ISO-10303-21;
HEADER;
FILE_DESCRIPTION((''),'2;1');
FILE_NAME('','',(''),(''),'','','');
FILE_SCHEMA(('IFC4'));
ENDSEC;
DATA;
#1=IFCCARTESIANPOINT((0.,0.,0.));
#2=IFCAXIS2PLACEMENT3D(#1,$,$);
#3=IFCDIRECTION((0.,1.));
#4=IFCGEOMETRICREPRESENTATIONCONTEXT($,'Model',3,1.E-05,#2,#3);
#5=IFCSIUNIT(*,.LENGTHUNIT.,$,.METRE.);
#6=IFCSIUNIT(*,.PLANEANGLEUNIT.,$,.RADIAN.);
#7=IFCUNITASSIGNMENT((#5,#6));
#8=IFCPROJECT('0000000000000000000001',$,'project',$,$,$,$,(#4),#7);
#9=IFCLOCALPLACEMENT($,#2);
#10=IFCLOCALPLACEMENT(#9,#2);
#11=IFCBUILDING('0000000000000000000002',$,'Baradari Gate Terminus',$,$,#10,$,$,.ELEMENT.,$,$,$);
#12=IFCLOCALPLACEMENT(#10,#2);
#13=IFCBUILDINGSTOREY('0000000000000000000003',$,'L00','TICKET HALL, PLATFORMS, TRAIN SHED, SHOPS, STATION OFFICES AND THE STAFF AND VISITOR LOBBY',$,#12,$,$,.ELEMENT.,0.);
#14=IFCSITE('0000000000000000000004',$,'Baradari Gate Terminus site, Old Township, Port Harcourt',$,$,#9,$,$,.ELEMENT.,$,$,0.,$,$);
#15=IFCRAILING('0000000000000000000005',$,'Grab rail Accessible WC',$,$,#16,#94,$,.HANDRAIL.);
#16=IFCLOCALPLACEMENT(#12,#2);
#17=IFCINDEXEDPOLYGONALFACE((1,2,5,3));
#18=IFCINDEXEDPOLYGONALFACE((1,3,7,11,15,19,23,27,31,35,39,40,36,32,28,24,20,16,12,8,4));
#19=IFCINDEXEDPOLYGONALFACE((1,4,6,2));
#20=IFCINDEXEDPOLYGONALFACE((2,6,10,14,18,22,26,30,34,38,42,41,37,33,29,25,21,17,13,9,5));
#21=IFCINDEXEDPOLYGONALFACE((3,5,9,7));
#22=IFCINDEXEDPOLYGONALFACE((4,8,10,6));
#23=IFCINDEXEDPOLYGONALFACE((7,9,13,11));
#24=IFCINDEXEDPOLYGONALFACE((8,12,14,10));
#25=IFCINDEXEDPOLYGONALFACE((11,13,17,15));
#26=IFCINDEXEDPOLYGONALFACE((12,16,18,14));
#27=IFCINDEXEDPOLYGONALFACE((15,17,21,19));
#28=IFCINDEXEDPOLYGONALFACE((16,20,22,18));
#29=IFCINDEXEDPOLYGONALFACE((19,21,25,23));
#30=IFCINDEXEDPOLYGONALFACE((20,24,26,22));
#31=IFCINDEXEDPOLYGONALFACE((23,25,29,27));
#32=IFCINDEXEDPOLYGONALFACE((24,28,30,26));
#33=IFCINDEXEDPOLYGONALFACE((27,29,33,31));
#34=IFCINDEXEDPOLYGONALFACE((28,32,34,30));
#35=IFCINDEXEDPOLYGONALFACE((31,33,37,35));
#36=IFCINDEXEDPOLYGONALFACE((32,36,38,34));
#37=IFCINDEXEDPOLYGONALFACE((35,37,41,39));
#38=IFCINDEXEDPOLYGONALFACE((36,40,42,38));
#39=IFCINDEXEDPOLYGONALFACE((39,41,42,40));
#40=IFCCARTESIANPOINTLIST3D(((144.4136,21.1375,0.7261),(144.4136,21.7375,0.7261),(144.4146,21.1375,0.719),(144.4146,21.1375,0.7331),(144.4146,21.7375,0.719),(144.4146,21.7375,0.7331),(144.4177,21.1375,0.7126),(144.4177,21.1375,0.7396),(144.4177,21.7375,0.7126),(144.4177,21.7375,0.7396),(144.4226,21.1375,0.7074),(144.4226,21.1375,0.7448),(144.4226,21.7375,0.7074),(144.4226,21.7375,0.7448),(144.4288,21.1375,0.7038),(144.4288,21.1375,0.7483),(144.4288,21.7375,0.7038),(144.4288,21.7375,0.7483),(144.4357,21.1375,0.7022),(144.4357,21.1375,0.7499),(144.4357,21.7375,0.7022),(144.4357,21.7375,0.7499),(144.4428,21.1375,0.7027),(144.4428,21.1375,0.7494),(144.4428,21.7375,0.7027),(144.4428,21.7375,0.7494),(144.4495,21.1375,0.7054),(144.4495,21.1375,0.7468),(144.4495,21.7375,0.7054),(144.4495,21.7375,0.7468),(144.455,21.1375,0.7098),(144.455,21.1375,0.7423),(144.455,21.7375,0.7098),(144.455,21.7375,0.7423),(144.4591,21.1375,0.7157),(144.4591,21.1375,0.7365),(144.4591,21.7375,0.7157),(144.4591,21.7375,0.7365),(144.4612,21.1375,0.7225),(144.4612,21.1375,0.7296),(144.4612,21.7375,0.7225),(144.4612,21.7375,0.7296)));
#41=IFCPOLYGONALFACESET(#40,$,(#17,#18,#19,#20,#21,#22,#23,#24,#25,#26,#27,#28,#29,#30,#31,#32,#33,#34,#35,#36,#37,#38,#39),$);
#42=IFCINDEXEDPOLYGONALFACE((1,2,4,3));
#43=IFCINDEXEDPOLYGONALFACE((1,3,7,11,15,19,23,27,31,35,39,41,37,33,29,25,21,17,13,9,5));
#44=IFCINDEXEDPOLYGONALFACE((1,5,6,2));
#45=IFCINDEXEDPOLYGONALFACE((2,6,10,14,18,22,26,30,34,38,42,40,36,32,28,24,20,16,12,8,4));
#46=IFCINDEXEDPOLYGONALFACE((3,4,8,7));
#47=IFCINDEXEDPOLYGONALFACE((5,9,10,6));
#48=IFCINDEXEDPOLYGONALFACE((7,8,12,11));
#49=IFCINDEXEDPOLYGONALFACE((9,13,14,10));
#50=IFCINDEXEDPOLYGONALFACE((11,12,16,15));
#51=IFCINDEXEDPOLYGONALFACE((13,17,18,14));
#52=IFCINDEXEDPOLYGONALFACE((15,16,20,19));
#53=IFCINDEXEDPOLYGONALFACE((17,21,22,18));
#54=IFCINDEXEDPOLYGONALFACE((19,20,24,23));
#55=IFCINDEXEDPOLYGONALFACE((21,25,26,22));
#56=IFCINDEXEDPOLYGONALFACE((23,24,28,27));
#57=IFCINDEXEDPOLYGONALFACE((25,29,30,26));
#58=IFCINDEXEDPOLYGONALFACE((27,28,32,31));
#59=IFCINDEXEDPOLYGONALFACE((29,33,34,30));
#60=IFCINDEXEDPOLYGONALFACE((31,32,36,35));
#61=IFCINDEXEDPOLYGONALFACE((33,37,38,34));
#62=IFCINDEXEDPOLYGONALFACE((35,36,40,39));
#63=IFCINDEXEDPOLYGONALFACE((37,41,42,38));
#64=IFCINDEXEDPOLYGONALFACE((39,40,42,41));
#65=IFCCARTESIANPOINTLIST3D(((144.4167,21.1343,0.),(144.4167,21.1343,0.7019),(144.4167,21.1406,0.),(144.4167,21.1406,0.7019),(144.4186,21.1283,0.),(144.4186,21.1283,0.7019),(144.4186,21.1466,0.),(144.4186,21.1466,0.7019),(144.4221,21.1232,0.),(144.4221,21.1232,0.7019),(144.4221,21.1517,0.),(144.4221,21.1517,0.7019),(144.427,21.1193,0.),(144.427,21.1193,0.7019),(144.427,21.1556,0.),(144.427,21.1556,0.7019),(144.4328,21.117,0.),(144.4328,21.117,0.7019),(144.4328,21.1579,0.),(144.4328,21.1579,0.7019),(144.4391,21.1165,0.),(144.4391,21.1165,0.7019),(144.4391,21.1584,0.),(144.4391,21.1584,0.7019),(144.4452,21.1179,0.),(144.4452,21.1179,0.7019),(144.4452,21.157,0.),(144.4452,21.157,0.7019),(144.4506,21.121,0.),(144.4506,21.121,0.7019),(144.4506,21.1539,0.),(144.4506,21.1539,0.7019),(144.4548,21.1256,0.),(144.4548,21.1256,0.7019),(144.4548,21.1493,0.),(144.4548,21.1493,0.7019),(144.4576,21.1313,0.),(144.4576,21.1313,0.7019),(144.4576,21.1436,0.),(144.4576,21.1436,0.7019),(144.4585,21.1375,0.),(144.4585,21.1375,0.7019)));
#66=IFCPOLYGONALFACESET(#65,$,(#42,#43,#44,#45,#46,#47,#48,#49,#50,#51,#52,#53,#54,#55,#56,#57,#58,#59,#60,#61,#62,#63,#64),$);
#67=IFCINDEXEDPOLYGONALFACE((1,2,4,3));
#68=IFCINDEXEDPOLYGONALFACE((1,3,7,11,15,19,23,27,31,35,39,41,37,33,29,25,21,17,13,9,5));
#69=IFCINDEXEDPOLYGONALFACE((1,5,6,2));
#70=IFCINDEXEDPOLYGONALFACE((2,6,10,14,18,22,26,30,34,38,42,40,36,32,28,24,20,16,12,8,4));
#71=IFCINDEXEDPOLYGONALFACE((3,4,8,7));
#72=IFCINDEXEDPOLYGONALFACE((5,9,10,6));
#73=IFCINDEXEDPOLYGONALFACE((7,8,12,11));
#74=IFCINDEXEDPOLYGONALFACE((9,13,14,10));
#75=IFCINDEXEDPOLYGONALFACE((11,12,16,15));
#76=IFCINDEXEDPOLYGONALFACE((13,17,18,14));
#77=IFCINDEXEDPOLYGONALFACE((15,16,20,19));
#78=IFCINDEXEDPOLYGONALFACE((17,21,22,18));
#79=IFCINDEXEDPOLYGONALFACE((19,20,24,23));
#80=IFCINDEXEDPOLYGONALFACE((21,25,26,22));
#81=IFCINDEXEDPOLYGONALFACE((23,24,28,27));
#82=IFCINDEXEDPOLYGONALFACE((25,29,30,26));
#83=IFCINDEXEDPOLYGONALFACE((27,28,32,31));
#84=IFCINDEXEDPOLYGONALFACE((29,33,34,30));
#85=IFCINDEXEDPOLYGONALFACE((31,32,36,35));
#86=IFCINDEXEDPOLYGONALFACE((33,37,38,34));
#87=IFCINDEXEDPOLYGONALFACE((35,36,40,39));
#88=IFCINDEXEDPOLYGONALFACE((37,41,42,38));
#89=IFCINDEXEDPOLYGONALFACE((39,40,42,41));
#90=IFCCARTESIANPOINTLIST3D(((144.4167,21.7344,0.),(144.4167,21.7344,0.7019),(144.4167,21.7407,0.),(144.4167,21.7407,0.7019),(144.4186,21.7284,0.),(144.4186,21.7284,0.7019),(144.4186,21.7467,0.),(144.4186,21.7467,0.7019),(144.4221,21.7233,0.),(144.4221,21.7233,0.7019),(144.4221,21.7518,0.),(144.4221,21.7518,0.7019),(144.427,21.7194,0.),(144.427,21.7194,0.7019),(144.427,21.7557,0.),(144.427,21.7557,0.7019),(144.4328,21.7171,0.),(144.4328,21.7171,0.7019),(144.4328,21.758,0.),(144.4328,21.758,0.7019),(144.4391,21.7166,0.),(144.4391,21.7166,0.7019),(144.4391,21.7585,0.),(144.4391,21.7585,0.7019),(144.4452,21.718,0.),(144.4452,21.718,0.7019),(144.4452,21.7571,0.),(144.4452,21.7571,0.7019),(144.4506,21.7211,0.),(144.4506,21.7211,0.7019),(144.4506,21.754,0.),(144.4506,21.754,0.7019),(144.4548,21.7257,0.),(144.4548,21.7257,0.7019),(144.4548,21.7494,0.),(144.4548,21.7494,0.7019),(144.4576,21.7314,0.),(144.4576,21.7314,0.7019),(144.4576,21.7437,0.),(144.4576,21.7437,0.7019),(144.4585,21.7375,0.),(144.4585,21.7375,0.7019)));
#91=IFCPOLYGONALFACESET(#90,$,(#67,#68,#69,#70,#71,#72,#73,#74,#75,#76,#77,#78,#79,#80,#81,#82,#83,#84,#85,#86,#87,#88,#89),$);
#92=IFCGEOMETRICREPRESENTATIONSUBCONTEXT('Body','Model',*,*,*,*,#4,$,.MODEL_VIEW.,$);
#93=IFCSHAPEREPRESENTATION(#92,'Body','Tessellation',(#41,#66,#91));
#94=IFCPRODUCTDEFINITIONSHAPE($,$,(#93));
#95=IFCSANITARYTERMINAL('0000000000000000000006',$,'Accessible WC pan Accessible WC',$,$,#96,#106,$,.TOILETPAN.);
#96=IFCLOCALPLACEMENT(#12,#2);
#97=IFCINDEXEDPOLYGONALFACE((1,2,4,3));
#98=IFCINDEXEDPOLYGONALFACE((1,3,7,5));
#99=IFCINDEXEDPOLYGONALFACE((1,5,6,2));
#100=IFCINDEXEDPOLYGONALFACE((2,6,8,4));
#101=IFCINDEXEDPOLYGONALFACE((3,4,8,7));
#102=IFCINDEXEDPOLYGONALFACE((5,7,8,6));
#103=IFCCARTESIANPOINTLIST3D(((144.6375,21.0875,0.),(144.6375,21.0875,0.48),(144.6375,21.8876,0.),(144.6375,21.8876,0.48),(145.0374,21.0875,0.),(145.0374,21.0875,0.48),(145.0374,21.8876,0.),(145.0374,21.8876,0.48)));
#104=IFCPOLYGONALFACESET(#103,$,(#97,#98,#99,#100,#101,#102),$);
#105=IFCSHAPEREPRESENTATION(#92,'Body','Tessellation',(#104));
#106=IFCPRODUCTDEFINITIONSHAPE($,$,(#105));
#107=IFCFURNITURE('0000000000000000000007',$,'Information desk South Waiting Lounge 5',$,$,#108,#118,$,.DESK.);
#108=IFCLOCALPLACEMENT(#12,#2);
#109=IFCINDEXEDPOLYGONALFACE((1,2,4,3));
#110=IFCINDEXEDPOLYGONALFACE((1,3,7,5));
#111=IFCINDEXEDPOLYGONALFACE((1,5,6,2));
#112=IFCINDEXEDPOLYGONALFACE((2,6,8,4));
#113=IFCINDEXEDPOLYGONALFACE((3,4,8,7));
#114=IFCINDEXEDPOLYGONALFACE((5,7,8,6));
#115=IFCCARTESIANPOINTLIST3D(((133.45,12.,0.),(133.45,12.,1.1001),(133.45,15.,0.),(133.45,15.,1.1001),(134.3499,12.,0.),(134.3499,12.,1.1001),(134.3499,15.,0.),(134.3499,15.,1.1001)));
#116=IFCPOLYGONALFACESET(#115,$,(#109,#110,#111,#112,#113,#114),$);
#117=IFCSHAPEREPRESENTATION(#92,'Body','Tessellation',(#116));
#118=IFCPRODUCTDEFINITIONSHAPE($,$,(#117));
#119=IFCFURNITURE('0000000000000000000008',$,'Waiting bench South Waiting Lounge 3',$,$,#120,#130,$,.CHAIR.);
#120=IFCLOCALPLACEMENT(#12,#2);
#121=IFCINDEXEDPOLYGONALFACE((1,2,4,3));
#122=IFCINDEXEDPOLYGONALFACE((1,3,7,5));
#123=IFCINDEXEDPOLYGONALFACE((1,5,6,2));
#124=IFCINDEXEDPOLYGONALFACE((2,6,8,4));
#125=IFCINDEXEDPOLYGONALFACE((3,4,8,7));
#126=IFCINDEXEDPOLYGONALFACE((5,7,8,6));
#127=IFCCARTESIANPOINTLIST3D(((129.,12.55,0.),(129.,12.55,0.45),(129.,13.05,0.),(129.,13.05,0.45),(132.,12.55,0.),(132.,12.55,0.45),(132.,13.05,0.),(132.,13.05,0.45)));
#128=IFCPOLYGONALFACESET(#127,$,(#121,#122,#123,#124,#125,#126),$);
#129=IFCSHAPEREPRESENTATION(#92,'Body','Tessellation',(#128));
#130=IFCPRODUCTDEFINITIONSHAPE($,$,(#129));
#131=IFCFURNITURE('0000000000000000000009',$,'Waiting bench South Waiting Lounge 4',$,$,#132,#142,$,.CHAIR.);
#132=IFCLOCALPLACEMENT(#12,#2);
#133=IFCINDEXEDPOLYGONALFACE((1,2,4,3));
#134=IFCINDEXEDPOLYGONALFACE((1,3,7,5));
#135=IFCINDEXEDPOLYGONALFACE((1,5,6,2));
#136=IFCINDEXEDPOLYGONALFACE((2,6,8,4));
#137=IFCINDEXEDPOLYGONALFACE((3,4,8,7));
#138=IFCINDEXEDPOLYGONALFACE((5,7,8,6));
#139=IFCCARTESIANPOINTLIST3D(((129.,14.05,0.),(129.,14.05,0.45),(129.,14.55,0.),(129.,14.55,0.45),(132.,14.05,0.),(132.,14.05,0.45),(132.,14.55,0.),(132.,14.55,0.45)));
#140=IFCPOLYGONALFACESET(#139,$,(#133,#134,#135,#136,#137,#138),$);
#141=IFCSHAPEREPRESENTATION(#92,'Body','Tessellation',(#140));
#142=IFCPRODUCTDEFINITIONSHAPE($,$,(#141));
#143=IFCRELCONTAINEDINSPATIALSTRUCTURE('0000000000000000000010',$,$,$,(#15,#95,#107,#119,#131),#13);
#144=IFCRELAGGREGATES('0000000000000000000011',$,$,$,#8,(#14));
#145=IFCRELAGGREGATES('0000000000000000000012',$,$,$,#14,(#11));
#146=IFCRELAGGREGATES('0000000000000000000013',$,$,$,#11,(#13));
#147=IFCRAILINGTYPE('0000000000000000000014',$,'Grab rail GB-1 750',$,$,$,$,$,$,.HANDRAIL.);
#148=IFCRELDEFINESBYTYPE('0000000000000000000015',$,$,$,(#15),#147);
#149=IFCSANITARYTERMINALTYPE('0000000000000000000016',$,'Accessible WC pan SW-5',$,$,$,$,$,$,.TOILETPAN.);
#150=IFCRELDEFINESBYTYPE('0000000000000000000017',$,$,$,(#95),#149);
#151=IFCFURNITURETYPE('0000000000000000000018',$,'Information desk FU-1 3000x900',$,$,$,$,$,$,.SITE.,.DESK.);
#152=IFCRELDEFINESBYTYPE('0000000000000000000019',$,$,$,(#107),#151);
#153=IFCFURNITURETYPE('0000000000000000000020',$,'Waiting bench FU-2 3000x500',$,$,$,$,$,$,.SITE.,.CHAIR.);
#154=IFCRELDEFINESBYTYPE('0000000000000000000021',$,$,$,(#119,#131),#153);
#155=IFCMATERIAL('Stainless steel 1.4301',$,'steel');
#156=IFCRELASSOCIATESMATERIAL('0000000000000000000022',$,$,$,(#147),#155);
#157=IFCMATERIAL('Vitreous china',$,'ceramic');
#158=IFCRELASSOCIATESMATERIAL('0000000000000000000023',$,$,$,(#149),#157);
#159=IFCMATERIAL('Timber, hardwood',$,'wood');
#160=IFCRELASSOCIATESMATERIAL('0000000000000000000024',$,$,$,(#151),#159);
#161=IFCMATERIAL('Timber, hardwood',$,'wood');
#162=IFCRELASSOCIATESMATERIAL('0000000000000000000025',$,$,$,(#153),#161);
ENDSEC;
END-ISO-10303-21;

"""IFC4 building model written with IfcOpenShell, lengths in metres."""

from ifc_helpers import new_model, si_unit, direction, frame, origin, origin_2d, place, context, subcontext, project, spatial, rectangle, circle, extrude, material, type_object, element, save


model = new_model("IFC4")

# Units and contexts
model_context = context("Model", 3, precision=1e-05, world=origin(), true_north=direction((0.0, 1.0)))
body_context = subcontext(model_context, "Body", "Model", "MODEL_VIEW")
ifc_project = project(units=[si_unit("LENGTHUNIT", "METRE"), si_unit("PLANEANGLEUNIT", "RADIAN")], contexts=[model_context])

# Site, building, storey
site_placement = place(None, origin())
site = spatial("IfcSite", under=ifc_project, at=site_placement, Name="Baradari Gate Terminus site, Old Township, Port Harcourt", CompositionType="ELEMENT", RefElevation=0.0)
building_placement = place(site_placement, origin())
building = spatial("IfcBuilding", under=site, at=building_placement, Name="Baradari Gate Terminus", CompositionType="ELEMENT")
storey_placement = place(building_placement, origin())
storey = spatial("IfcBuildingStorey", under=building, at=storey_placement, Name="L00", Description="TICKET HALL, PLATFORMS, TRAIN SHED, SHOPS, STATION OFFICES AND THE STAFF AND VISITOR LOBBY", CompositionType="ELEMENT", Elevation=0.0)

# Railing
ifc_material_1 = material(Name="Stainless steel 1.4301", Category="steel")
railing_type = type_object("IfcRailingType", Name="Grab rail GB-1 750", PredefinedType="HANDRAIL", material=ifc_material_1)
railing_placement = place(storey_placement, frame((144.4375, 21.1375, 0.0)))
element("IfcRailing", 1, at=railing_placement, inside=storey, type_object=railing_type, Name="Grab rail Accessible WC", PredefinedType="HANDRAIL", context=body_context, shape_type="SweptSolid", body=[
    extrude(circle(Radius=0.0239, at=origin_2d()), frame((0.0, 0.0, 0.7261), z_axis=(0.0, 1.0, 0.0), x_axis=(-1.0, 0.0, 0.0)), (0.0, 0.0, 1.0), 0.6001),
    extrude(circle(Radius=0.021, at=origin_2d()), origin(), (0.0, 0.0, 1.0), 0.7019),
    extrude(circle(Radius=0.021, at=origin_2d()), frame((0.0, 0.6001, 0.0)), (0.0, 0.0, 1.0), 0.7019),
])

# Sanitary terminal
ifc_material_2 = material(Name="Vitreous china", Category="ceramic")
sanitary_terminal_type = type_object("IfcSanitaryTerminalType", Name="Accessible WC pan SW-5", PredefinedType="TOILETPAN", material=ifc_material_2)
sanitary_terminal_placement = place(storey_placement, frame((144.8374, 21.4875, 0.0), z_axis=(0.0, 0.0, 1.0), x_axis=(1.0, 0.0, 0.0)))
element("IfcSanitaryTerminal", 2, at=sanitary_terminal_placement, inside=storey, type_object=sanitary_terminal_type, Name="Accessible WC pan Accessible WC", PredefinedType="TOILETPAN", context=body_context, shape_type="SweptSolid", body=[
    extrude(rectangle(XDim=0.3999, YDim=0.8, at=origin_2d()), origin(), (0.0, 0.0, 1.0), 0.48),
])

# Furniture
ifc_material_3 = material(Name="Timber, hardwood", Category="wood")
furniture_type_1 = type_object("IfcFurnitureType", Name="Information desk FU-1 3000x900", AssemblyPlace="SITE", PredefinedType="DESK", material=ifc_material_3)
furniture_placement = place(storey_placement, frame((133.8999, 13.5, 0.0), z_axis=(0.0, 0.0, 1.0), x_axis=(1.0, 0.0, 0.0)))
element("IfcFurniture", 3, at=furniture_placement, inside=storey, type_object=furniture_type_1, Name="Information desk South Waiting Lounge 5", PredefinedType="DESK", context=body_context, shape_type="SweptSolid", body=[
    extrude(rectangle(XDim=0.8999, YDim=3.0, at=origin_2d()), origin(), (0.0, 0.0, 1.0), 1.1001),
])
ifc_material_4 = material(Name="Timber, hardwood", Category="wood")
furniture_type_2 = type_object("IfcFurnitureType", Name="Waiting bench FU-2 3000x500", AssemblyPlace="SITE", PredefinedType="CHAIR", material=ifc_material_4)
for number, where, z_axis, x_axis, name in (
    (4, (130.5, 12.8, 0.0), (0.0, 0.0, 1.0), (1.0, 0.0, 0.0), "Waiting bench South Waiting Lounge 3"),
    (5, (130.5, 14.3, 0.0), (0.0, 0.0, 1.0), (1.0, 0.0, 0.0), "Waiting bench South Waiting Lounge 4"),
):
    element("IfcFurniture", number, at=place(storey_placement, frame(where, z_axis=z_axis, x_axis=x_axis)), inside=storey, type_object=furniture_type_2, Name=name, PredefinedType="CHAIR", context=body_context, shape_type="SweptSolid", body=[
        extrude(rectangle(XDim=3.0, YDim=0.5, at=origin_2d()), origin(), (0.0, 0.0, 1.0), 0.45),
    ])

save(model, "model.ifc")
